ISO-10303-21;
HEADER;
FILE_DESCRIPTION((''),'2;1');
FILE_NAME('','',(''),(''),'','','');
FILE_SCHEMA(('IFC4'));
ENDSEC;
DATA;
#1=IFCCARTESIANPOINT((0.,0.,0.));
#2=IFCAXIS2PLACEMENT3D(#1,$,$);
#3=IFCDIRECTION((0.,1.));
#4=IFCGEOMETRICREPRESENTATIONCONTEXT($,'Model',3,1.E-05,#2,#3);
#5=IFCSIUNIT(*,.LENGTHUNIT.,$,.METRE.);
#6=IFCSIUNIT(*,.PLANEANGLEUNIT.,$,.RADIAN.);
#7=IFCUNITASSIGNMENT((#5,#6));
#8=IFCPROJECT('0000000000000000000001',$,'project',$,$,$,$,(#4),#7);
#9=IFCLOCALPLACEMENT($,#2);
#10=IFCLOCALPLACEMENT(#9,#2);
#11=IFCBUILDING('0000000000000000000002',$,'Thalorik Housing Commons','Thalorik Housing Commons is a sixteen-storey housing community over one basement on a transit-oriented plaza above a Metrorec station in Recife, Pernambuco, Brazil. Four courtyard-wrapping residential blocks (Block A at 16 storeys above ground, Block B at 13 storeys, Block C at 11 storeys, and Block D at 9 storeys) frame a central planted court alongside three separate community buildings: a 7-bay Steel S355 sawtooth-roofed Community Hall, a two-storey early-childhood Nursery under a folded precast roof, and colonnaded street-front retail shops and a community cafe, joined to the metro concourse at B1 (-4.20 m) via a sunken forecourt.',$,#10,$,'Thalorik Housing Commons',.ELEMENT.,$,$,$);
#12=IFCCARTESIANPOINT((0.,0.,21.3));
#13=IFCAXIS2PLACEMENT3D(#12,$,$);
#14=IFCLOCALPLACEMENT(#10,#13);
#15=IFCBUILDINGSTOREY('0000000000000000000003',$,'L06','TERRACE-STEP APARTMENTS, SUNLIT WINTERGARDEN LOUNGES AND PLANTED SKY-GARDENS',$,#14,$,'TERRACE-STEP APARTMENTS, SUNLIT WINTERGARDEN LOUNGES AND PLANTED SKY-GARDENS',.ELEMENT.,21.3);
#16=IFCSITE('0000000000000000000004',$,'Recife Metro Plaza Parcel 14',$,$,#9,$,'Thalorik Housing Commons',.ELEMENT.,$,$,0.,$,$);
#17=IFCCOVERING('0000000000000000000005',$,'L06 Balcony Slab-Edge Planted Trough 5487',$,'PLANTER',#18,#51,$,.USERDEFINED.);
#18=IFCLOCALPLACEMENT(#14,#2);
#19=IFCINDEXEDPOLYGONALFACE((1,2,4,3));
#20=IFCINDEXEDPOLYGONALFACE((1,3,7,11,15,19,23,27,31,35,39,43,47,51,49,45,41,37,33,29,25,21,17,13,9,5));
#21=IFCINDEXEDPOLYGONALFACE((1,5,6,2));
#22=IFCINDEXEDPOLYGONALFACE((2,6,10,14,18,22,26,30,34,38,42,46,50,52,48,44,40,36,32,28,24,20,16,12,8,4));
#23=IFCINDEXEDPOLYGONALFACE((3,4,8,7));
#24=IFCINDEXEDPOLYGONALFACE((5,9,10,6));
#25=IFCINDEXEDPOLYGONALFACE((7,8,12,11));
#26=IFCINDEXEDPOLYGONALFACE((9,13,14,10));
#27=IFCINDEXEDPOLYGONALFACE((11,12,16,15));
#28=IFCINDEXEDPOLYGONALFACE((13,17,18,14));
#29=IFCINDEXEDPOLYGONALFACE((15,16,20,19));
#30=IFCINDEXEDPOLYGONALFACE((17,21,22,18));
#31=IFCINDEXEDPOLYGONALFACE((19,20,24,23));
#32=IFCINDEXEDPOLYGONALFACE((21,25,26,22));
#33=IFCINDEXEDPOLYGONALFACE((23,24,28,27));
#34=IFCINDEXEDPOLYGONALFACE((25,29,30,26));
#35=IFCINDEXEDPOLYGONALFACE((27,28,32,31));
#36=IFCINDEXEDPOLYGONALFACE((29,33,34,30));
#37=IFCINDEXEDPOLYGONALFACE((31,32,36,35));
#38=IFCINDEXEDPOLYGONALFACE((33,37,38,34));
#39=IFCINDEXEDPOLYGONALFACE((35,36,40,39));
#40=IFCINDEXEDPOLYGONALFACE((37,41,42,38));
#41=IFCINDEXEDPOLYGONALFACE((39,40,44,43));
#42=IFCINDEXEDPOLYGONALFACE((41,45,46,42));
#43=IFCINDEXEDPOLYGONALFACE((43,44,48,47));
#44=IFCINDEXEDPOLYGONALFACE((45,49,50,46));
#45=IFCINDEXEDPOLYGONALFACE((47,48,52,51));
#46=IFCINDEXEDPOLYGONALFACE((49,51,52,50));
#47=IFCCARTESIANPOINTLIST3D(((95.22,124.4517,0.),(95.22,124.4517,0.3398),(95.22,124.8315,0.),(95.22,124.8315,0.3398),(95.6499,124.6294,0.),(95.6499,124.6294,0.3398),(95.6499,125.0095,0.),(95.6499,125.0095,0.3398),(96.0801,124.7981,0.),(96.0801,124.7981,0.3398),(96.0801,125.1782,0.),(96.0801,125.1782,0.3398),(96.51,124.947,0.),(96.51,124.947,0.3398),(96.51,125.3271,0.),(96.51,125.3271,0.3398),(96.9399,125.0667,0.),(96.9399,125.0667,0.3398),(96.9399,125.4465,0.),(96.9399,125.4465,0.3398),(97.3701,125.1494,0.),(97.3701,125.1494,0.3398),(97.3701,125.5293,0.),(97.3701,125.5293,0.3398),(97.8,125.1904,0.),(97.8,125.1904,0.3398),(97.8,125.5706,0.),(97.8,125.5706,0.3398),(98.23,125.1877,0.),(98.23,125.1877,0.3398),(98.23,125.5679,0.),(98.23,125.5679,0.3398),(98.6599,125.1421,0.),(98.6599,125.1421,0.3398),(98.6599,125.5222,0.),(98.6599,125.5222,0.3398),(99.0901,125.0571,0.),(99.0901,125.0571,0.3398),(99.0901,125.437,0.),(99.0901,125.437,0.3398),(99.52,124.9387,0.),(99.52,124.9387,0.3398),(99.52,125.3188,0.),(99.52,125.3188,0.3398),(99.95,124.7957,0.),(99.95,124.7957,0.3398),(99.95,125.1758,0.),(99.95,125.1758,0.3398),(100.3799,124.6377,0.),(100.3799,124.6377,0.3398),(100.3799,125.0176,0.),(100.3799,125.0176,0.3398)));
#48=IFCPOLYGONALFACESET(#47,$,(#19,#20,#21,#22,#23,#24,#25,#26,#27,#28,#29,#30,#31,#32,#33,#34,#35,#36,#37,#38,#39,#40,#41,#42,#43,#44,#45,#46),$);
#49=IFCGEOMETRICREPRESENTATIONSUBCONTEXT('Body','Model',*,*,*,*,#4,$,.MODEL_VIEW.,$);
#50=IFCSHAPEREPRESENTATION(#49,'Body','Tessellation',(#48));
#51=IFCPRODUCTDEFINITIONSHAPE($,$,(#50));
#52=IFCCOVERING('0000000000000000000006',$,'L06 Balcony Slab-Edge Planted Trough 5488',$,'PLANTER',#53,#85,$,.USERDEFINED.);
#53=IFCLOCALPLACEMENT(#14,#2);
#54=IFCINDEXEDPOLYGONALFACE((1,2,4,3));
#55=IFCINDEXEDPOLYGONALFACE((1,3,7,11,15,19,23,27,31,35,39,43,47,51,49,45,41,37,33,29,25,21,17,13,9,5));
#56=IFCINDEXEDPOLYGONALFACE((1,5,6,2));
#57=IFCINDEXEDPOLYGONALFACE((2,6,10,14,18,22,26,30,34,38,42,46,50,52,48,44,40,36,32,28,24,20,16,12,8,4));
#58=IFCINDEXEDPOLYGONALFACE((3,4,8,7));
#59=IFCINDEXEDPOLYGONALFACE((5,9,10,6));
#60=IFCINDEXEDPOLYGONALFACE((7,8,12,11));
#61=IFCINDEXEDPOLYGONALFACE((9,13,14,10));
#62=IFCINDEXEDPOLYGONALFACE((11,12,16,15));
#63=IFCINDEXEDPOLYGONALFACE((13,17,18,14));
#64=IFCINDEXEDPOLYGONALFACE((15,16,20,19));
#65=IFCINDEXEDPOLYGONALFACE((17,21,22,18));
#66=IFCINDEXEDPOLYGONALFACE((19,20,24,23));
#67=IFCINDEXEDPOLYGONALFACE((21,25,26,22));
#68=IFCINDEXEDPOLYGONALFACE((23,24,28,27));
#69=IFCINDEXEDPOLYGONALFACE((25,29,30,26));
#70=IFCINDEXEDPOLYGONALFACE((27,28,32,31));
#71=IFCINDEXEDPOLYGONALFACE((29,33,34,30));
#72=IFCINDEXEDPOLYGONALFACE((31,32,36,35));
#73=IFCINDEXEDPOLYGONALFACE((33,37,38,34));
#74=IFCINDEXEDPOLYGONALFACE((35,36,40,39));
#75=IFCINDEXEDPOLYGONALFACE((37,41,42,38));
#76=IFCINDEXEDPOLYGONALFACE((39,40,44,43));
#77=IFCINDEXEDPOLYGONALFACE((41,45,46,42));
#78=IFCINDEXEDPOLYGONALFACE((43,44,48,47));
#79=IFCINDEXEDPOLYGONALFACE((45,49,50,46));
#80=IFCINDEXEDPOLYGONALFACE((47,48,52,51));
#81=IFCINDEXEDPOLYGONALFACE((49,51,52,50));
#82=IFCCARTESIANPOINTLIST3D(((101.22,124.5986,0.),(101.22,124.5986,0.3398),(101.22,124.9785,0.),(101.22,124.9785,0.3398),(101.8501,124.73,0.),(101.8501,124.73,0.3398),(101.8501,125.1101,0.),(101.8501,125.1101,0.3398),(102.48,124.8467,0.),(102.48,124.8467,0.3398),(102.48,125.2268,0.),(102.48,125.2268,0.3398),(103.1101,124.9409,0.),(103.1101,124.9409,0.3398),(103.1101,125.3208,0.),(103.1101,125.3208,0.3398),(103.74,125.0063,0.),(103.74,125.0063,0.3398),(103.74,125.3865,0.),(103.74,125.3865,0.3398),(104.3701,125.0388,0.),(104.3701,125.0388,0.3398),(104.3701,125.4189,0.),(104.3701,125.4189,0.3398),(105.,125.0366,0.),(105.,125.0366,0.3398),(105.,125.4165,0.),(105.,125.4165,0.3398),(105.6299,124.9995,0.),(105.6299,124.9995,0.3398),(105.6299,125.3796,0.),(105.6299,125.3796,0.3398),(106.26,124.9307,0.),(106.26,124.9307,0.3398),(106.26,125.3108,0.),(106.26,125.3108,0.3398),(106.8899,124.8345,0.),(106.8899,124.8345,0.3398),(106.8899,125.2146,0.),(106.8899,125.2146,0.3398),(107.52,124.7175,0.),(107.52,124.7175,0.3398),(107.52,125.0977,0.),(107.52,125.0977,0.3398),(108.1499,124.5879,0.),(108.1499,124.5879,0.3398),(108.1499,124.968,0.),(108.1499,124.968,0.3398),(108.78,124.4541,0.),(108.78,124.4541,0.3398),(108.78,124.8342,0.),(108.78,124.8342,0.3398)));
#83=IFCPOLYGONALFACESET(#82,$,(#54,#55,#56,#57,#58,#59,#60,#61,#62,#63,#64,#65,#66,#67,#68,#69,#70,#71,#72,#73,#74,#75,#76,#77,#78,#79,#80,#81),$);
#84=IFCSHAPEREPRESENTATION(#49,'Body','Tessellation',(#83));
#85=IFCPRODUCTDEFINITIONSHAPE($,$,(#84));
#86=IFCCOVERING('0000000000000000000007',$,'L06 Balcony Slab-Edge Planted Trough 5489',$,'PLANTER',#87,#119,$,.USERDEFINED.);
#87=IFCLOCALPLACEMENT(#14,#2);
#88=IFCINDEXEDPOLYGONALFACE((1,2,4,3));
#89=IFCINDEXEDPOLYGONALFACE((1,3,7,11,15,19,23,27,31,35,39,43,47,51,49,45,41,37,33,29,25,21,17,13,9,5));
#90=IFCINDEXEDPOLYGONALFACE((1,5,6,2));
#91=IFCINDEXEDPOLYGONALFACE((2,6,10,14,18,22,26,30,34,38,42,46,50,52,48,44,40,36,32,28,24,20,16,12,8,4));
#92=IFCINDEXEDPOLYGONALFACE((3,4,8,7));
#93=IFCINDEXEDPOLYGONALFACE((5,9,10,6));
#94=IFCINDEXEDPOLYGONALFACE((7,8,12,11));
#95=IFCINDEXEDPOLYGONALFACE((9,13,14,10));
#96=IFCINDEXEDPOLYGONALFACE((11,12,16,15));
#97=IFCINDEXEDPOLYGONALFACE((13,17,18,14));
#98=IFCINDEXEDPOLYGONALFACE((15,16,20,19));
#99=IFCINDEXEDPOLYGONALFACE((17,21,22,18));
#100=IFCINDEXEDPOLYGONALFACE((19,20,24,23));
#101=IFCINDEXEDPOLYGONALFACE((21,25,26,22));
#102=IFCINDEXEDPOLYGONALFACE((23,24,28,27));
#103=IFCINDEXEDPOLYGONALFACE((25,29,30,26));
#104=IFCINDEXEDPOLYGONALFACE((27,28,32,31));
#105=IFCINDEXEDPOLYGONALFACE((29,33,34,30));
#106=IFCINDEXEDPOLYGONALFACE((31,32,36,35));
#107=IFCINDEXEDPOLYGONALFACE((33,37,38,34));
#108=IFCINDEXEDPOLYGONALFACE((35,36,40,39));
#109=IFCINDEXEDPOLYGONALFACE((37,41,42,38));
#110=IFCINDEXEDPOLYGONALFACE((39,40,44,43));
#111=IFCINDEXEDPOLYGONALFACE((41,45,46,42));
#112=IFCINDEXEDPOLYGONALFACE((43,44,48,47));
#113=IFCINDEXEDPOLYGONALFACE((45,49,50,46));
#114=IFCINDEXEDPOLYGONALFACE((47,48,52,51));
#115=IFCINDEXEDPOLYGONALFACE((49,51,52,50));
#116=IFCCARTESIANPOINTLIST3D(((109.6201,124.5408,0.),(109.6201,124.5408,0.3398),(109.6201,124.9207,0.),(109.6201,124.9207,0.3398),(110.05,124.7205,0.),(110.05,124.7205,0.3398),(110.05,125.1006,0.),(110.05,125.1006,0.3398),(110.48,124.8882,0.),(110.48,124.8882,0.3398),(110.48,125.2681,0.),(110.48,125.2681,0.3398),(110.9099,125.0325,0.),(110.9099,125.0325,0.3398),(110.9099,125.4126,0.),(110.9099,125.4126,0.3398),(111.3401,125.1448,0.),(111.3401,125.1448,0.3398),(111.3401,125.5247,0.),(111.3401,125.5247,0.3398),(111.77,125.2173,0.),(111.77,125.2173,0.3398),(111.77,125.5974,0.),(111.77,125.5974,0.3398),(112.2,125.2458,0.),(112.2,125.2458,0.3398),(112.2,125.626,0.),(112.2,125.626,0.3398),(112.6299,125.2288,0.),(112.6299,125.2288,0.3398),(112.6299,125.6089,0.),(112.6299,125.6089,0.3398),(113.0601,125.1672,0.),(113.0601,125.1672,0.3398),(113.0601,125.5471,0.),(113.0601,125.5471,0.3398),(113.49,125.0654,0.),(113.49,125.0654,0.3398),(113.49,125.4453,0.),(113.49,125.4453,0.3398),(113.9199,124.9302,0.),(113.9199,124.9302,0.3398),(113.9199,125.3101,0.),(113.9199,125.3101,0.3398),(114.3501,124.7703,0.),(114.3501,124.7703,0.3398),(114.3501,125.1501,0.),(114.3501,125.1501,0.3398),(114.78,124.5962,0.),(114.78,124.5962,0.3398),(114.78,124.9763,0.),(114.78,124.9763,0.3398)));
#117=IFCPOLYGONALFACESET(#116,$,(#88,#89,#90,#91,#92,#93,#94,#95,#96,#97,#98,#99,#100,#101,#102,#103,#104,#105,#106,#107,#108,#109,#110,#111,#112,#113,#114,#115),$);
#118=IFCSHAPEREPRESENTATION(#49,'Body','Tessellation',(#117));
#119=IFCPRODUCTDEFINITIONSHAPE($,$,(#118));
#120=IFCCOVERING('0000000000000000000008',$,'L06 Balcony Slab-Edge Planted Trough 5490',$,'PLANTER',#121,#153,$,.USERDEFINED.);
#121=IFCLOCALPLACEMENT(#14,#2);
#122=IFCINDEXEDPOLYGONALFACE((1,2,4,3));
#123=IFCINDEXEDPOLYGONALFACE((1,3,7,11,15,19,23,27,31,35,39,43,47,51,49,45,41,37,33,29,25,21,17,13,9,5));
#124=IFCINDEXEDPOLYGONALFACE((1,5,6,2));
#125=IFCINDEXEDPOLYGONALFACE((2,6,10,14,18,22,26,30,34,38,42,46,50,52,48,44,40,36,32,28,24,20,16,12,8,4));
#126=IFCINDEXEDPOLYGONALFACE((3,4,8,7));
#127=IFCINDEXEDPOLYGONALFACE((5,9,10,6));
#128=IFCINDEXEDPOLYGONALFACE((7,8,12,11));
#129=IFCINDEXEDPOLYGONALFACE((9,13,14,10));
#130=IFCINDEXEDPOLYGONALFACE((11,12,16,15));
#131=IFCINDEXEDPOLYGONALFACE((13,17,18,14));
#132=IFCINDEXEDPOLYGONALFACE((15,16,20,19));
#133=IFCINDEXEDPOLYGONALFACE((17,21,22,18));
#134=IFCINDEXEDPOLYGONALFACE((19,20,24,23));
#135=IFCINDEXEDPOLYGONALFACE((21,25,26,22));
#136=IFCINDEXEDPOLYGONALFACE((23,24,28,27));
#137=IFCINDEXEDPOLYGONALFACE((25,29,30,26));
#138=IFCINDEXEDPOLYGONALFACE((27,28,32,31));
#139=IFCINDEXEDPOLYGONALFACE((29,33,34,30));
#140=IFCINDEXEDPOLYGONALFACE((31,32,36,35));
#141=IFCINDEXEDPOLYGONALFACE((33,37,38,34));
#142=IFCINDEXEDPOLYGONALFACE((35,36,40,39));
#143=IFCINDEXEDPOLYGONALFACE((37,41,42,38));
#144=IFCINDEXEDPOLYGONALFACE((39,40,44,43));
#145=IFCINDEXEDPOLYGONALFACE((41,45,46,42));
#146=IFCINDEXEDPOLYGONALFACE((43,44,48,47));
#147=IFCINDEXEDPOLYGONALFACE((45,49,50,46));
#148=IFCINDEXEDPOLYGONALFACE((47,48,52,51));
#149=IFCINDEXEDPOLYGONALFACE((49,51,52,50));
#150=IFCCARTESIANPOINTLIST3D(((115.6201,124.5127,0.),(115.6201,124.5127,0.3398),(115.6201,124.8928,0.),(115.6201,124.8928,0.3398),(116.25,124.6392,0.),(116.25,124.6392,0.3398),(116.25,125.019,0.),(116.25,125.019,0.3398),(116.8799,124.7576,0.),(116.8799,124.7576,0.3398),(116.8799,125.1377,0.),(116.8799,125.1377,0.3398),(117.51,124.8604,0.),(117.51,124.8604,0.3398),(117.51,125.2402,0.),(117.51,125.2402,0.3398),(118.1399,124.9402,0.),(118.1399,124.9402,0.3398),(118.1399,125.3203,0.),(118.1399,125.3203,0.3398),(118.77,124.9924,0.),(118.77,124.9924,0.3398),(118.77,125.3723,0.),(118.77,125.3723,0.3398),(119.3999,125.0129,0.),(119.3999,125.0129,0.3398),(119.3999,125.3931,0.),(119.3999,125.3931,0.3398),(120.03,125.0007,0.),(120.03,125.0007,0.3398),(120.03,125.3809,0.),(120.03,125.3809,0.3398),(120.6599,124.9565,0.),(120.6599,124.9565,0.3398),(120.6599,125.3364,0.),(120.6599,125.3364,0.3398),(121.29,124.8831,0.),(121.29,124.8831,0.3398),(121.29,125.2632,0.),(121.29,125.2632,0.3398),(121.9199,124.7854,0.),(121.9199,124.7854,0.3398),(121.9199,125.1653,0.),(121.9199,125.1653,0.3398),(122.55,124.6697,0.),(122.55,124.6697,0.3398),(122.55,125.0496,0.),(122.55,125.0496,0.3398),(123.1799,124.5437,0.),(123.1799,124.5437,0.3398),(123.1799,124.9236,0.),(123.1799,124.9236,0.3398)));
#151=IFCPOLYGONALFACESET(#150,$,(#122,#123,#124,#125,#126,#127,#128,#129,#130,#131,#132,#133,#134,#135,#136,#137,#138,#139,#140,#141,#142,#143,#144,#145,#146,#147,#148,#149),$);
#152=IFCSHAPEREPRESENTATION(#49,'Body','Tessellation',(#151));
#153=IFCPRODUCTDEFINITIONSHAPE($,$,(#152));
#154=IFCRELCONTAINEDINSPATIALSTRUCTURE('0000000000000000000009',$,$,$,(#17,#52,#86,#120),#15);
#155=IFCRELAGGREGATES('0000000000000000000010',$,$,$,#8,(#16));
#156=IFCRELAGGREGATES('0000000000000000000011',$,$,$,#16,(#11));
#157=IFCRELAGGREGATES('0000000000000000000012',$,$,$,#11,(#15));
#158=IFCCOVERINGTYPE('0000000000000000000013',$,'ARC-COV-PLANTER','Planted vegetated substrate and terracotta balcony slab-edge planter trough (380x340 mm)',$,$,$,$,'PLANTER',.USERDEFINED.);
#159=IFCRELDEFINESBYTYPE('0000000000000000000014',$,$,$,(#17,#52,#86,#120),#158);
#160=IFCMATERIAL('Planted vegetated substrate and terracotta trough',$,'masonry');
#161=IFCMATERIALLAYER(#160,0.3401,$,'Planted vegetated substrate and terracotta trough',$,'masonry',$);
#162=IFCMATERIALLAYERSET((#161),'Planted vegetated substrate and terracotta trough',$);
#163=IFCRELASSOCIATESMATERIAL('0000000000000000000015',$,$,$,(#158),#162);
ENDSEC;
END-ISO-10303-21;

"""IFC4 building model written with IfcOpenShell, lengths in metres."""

from ifc_helpers import new_model, si_unit, direction, frame, origin, place, context, subcontext, project, spatial, polyline, outline, extrude, material, layer, layer_set, type_object, element, save


model = new_model("IFC4")

# Units and contexts
model_context = context("Model", 3, precision=1e-05, world=origin(), true_north=direction((0.0, 1.0)))
body_context = subcontext(model_context, "Body", "Model", "MODEL_VIEW")
ifc_project = project(units=[si_unit("LENGTHUNIT", "METRE"), si_unit("PLANEANGLEUNIT", "RADIAN")], contexts=[model_context])

# Site, building, storey
site_placement = place(None, origin())
site = spatial("IfcSite", under=ifc_project, at=site_placement, Name="Recife Metro Plaza Parcel 14", LongName="Thalorik Housing Commons", CompositionType="ELEMENT", RefElevation=0.0)
building_placement = place(site_placement, origin())
building = spatial("IfcBuilding", under=site, at=building_placement, Name="Thalorik Housing Commons", Description="Thalorik Housing Commons is a sixteen-storey housing community over one basement on a transit-oriented plaza above a Metrorec station in Recife, Pernambuco, Brazil. Four courtyard-wrapping residential blocks (Block A at 16 storeys above ground, Block B at 13 storeys, Block C at 11 storeys, and Block D at 9 storeys) frame a central planted court alongside three separate community buildings: a 7-bay Steel S355 sawtooth-roofed Community Hall, a two-storey early-childhood Nursery under a folded precast roof, and colonnaded street-front retail shops and a community cafe, joined to the metro concourse at B1 (-4.20 m) via a sunken forecourt.", LongName="Thalorik Housing Commons", CompositionType="ELEMENT")
storey_placement = place(building_placement, frame((0.0, 0.0, 21.3)))
storey = spatial("IfcBuildingStorey", under=building, at=storey_placement, Name="L06", Description="TERRACE-STEP APARTMENTS, SUNLIT WINTERGARDEN LOUNGES AND PLANTED SKY-GARDENS", LongName="TERRACE-STEP APARTMENTS, SUNLIT WINTERGARDEN LOUNGES AND PLANTED SKY-GARDENS", CompositionType="ELEMENT", Elevation=21.3)

# Coverings
ifc_material = material(Name="Planted vegetated substrate and terracotta trough", Category="masonry")
ifc_layer = layer(ifc_material, 0.3401, Name="Planted vegetated substrate and terracotta trough", Category="masonry")
ifc_layer_set = layer_set([ifc_layer], Name="Planted vegetated substrate and terracotta trough")
covering_type = type_object("IfcCoveringType", Name="ARC-COV-PLANTER", Description="Planted vegetated substrate and terracotta balcony slab-edge planter trough (380x340 mm)", ElementType="PLANTER", PredefinedType="USERDEFINED", material=ifc_layer_set)
covering_1_placement = place(storey_placement, origin())
element("IfcCovering", 1, at=covering_1_placement, inside=storey, type_object=covering_type, Name="L06 Balcony Slab-Edge Planted Trough 5487", ObjectType="PLANTER", PredefinedType="USERDEFINED", context=body_context, shape_type="SweptSolid", body=[
    extrude(outline(polyline([(100.3799, 125.0176), (99.95, 125.1758), (99.52, 125.3188), (99.0901, 125.437), (98.6599, 125.5222), (98.23, 125.5679), (97.8, 125.5706), (97.3701, 125.5293), (96.9399, 125.4465), (96.51, 125.3271), (96.0801, 125.1782), (95.6499, 125.0095), (95.22, 124.8315), (95.22, 124.4517), (95.6499, 124.6294), (96.0801, 124.7981), (96.51, 124.947), (96.9399, 125.0667), (97.3701, 125.1494), (97.8, 125.1904), (98.23, 125.1877), (98.6599, 125.1421), (99.0901, 125.0571), (99.52, 124.9387), (99.95, 124.7957), (100.3799, 124.6377), (100.3799, 125.0176)])), origin(), (0.0, 0.0, 1.0), 0.3398),
])
covering_2_placement = place(storey_placement, origin())
element("IfcCovering", 2, at=covering_2_placement, inside=storey, type_object=covering_type, Name="L06 Balcony Slab-Edge Planted Trough 5488", ObjectType="PLANTER", PredefinedType="USERDEFINED", context=body_context, shape_type="SweptSolid", body=[
    extrude(outline(polyline([(108.78, 124.8342), (108.1499, 124.968), (107.52, 125.0977), (106.8899, 125.2146), (106.26, 125.3108), (105.6299, 125.3796), (105.0, 125.4165), (104.3701, 125.4189), (103.74, 125.3865), (103.1101, 125.3208), (102.48, 125.2268), (101.8501, 125.1101), (101.22, 124.9785), (101.22, 124.5986), (101.8501, 124.73), (102.48, 124.8467), (103.1101, 124.9409), (103.74, 125.0063), (104.3701, 125.0388), (105.0, 125.0366), (105.6299, 124.9995), (106.26, 124.9307), (106.8899, 124.8345), (107.52, 124.7175), (108.1499, 124.5879), (108.78, 124.4541), (108.78, 124.8342)])), origin(), (0.0, 0.0, 1.0), 0.3398),
])
covering_3_placement = place(storey_placement, origin())
element("IfcCovering", 3, at=covering_3_placement, inside=storey, type_object=covering_type, Name="L06 Balcony Slab-Edge Planted Trough 5489", ObjectType="PLANTER", PredefinedType="USERDEFINED", context=body_context, shape_type="SweptSolid", body=[
    extrude(outline(polyline([(114.78, 124.9763), (114.3501, 125.1501), (113.9199, 125.3101), (113.49, 125.4453), (113.0601, 125.5471), (112.6299, 125.6089), (112.2, 125.626), (111.77, 125.5974), (111.3401, 125.5247), (110.9099, 125.4126), (110.48, 125.2681), (110.05, 125.1006), (109.6201, 124.9207), (109.6201, 124.5408), (110.05, 124.7205), (110.48, 124.8882), (110.9099, 125.0325), (111.3401, 125.1448), (111.77, 125.2173), (112.2, 125.2458), (112.6299, 125.2288), (113.0601, 125.1672), (113.49, 125.0654), (113.9199, 124.9302), (114.3501, 124.7703), (114.78, 124.5962), (114.78, 124.9763)])), origin(), (0.0, 0.0, 1.0), 0.3398),
])
covering_4_placement = place(storey_placement, origin())
element("IfcCovering", 4, at=covering_4_placement, inside=storey, type_object=covering_type, Name="L06 Balcony Slab-Edge Planted Trough 5490", ObjectType="PLANTER", PredefinedType="USERDEFINED", context=body_context, shape_type="SweptSolid", body=[
    extrude(outline(polyline([(123.1799, 124.9236), (122.55, 125.0496), (121.9199, 125.1653), (121.29, 125.2632), (120.6599, 125.3364), (120.03, 125.3809), (119.3999, 125.3931), (118.77, 125.3723), (118.1399, 125.3203), (117.51, 125.2402), (116.8799, 125.1377), (116.25, 125.019), (115.6201, 124.8928), (115.6201, 124.5127), (116.25, 124.6392), (116.8799, 124.7576), (117.51, 124.8604), (118.1399, 124.9402), (118.77, 124.9924), (119.3999, 125.0129), (120.03, 125.0007), (120.6599, 124.9565), (121.29, 124.8831), (121.9199, 124.7854), (122.55, 124.6697), (123.1799, 124.5437), (123.1799, 124.9236)])), origin(), (0.0, 0.0, 1.0), 0.3398),
])

save(model, "model.ifc")
